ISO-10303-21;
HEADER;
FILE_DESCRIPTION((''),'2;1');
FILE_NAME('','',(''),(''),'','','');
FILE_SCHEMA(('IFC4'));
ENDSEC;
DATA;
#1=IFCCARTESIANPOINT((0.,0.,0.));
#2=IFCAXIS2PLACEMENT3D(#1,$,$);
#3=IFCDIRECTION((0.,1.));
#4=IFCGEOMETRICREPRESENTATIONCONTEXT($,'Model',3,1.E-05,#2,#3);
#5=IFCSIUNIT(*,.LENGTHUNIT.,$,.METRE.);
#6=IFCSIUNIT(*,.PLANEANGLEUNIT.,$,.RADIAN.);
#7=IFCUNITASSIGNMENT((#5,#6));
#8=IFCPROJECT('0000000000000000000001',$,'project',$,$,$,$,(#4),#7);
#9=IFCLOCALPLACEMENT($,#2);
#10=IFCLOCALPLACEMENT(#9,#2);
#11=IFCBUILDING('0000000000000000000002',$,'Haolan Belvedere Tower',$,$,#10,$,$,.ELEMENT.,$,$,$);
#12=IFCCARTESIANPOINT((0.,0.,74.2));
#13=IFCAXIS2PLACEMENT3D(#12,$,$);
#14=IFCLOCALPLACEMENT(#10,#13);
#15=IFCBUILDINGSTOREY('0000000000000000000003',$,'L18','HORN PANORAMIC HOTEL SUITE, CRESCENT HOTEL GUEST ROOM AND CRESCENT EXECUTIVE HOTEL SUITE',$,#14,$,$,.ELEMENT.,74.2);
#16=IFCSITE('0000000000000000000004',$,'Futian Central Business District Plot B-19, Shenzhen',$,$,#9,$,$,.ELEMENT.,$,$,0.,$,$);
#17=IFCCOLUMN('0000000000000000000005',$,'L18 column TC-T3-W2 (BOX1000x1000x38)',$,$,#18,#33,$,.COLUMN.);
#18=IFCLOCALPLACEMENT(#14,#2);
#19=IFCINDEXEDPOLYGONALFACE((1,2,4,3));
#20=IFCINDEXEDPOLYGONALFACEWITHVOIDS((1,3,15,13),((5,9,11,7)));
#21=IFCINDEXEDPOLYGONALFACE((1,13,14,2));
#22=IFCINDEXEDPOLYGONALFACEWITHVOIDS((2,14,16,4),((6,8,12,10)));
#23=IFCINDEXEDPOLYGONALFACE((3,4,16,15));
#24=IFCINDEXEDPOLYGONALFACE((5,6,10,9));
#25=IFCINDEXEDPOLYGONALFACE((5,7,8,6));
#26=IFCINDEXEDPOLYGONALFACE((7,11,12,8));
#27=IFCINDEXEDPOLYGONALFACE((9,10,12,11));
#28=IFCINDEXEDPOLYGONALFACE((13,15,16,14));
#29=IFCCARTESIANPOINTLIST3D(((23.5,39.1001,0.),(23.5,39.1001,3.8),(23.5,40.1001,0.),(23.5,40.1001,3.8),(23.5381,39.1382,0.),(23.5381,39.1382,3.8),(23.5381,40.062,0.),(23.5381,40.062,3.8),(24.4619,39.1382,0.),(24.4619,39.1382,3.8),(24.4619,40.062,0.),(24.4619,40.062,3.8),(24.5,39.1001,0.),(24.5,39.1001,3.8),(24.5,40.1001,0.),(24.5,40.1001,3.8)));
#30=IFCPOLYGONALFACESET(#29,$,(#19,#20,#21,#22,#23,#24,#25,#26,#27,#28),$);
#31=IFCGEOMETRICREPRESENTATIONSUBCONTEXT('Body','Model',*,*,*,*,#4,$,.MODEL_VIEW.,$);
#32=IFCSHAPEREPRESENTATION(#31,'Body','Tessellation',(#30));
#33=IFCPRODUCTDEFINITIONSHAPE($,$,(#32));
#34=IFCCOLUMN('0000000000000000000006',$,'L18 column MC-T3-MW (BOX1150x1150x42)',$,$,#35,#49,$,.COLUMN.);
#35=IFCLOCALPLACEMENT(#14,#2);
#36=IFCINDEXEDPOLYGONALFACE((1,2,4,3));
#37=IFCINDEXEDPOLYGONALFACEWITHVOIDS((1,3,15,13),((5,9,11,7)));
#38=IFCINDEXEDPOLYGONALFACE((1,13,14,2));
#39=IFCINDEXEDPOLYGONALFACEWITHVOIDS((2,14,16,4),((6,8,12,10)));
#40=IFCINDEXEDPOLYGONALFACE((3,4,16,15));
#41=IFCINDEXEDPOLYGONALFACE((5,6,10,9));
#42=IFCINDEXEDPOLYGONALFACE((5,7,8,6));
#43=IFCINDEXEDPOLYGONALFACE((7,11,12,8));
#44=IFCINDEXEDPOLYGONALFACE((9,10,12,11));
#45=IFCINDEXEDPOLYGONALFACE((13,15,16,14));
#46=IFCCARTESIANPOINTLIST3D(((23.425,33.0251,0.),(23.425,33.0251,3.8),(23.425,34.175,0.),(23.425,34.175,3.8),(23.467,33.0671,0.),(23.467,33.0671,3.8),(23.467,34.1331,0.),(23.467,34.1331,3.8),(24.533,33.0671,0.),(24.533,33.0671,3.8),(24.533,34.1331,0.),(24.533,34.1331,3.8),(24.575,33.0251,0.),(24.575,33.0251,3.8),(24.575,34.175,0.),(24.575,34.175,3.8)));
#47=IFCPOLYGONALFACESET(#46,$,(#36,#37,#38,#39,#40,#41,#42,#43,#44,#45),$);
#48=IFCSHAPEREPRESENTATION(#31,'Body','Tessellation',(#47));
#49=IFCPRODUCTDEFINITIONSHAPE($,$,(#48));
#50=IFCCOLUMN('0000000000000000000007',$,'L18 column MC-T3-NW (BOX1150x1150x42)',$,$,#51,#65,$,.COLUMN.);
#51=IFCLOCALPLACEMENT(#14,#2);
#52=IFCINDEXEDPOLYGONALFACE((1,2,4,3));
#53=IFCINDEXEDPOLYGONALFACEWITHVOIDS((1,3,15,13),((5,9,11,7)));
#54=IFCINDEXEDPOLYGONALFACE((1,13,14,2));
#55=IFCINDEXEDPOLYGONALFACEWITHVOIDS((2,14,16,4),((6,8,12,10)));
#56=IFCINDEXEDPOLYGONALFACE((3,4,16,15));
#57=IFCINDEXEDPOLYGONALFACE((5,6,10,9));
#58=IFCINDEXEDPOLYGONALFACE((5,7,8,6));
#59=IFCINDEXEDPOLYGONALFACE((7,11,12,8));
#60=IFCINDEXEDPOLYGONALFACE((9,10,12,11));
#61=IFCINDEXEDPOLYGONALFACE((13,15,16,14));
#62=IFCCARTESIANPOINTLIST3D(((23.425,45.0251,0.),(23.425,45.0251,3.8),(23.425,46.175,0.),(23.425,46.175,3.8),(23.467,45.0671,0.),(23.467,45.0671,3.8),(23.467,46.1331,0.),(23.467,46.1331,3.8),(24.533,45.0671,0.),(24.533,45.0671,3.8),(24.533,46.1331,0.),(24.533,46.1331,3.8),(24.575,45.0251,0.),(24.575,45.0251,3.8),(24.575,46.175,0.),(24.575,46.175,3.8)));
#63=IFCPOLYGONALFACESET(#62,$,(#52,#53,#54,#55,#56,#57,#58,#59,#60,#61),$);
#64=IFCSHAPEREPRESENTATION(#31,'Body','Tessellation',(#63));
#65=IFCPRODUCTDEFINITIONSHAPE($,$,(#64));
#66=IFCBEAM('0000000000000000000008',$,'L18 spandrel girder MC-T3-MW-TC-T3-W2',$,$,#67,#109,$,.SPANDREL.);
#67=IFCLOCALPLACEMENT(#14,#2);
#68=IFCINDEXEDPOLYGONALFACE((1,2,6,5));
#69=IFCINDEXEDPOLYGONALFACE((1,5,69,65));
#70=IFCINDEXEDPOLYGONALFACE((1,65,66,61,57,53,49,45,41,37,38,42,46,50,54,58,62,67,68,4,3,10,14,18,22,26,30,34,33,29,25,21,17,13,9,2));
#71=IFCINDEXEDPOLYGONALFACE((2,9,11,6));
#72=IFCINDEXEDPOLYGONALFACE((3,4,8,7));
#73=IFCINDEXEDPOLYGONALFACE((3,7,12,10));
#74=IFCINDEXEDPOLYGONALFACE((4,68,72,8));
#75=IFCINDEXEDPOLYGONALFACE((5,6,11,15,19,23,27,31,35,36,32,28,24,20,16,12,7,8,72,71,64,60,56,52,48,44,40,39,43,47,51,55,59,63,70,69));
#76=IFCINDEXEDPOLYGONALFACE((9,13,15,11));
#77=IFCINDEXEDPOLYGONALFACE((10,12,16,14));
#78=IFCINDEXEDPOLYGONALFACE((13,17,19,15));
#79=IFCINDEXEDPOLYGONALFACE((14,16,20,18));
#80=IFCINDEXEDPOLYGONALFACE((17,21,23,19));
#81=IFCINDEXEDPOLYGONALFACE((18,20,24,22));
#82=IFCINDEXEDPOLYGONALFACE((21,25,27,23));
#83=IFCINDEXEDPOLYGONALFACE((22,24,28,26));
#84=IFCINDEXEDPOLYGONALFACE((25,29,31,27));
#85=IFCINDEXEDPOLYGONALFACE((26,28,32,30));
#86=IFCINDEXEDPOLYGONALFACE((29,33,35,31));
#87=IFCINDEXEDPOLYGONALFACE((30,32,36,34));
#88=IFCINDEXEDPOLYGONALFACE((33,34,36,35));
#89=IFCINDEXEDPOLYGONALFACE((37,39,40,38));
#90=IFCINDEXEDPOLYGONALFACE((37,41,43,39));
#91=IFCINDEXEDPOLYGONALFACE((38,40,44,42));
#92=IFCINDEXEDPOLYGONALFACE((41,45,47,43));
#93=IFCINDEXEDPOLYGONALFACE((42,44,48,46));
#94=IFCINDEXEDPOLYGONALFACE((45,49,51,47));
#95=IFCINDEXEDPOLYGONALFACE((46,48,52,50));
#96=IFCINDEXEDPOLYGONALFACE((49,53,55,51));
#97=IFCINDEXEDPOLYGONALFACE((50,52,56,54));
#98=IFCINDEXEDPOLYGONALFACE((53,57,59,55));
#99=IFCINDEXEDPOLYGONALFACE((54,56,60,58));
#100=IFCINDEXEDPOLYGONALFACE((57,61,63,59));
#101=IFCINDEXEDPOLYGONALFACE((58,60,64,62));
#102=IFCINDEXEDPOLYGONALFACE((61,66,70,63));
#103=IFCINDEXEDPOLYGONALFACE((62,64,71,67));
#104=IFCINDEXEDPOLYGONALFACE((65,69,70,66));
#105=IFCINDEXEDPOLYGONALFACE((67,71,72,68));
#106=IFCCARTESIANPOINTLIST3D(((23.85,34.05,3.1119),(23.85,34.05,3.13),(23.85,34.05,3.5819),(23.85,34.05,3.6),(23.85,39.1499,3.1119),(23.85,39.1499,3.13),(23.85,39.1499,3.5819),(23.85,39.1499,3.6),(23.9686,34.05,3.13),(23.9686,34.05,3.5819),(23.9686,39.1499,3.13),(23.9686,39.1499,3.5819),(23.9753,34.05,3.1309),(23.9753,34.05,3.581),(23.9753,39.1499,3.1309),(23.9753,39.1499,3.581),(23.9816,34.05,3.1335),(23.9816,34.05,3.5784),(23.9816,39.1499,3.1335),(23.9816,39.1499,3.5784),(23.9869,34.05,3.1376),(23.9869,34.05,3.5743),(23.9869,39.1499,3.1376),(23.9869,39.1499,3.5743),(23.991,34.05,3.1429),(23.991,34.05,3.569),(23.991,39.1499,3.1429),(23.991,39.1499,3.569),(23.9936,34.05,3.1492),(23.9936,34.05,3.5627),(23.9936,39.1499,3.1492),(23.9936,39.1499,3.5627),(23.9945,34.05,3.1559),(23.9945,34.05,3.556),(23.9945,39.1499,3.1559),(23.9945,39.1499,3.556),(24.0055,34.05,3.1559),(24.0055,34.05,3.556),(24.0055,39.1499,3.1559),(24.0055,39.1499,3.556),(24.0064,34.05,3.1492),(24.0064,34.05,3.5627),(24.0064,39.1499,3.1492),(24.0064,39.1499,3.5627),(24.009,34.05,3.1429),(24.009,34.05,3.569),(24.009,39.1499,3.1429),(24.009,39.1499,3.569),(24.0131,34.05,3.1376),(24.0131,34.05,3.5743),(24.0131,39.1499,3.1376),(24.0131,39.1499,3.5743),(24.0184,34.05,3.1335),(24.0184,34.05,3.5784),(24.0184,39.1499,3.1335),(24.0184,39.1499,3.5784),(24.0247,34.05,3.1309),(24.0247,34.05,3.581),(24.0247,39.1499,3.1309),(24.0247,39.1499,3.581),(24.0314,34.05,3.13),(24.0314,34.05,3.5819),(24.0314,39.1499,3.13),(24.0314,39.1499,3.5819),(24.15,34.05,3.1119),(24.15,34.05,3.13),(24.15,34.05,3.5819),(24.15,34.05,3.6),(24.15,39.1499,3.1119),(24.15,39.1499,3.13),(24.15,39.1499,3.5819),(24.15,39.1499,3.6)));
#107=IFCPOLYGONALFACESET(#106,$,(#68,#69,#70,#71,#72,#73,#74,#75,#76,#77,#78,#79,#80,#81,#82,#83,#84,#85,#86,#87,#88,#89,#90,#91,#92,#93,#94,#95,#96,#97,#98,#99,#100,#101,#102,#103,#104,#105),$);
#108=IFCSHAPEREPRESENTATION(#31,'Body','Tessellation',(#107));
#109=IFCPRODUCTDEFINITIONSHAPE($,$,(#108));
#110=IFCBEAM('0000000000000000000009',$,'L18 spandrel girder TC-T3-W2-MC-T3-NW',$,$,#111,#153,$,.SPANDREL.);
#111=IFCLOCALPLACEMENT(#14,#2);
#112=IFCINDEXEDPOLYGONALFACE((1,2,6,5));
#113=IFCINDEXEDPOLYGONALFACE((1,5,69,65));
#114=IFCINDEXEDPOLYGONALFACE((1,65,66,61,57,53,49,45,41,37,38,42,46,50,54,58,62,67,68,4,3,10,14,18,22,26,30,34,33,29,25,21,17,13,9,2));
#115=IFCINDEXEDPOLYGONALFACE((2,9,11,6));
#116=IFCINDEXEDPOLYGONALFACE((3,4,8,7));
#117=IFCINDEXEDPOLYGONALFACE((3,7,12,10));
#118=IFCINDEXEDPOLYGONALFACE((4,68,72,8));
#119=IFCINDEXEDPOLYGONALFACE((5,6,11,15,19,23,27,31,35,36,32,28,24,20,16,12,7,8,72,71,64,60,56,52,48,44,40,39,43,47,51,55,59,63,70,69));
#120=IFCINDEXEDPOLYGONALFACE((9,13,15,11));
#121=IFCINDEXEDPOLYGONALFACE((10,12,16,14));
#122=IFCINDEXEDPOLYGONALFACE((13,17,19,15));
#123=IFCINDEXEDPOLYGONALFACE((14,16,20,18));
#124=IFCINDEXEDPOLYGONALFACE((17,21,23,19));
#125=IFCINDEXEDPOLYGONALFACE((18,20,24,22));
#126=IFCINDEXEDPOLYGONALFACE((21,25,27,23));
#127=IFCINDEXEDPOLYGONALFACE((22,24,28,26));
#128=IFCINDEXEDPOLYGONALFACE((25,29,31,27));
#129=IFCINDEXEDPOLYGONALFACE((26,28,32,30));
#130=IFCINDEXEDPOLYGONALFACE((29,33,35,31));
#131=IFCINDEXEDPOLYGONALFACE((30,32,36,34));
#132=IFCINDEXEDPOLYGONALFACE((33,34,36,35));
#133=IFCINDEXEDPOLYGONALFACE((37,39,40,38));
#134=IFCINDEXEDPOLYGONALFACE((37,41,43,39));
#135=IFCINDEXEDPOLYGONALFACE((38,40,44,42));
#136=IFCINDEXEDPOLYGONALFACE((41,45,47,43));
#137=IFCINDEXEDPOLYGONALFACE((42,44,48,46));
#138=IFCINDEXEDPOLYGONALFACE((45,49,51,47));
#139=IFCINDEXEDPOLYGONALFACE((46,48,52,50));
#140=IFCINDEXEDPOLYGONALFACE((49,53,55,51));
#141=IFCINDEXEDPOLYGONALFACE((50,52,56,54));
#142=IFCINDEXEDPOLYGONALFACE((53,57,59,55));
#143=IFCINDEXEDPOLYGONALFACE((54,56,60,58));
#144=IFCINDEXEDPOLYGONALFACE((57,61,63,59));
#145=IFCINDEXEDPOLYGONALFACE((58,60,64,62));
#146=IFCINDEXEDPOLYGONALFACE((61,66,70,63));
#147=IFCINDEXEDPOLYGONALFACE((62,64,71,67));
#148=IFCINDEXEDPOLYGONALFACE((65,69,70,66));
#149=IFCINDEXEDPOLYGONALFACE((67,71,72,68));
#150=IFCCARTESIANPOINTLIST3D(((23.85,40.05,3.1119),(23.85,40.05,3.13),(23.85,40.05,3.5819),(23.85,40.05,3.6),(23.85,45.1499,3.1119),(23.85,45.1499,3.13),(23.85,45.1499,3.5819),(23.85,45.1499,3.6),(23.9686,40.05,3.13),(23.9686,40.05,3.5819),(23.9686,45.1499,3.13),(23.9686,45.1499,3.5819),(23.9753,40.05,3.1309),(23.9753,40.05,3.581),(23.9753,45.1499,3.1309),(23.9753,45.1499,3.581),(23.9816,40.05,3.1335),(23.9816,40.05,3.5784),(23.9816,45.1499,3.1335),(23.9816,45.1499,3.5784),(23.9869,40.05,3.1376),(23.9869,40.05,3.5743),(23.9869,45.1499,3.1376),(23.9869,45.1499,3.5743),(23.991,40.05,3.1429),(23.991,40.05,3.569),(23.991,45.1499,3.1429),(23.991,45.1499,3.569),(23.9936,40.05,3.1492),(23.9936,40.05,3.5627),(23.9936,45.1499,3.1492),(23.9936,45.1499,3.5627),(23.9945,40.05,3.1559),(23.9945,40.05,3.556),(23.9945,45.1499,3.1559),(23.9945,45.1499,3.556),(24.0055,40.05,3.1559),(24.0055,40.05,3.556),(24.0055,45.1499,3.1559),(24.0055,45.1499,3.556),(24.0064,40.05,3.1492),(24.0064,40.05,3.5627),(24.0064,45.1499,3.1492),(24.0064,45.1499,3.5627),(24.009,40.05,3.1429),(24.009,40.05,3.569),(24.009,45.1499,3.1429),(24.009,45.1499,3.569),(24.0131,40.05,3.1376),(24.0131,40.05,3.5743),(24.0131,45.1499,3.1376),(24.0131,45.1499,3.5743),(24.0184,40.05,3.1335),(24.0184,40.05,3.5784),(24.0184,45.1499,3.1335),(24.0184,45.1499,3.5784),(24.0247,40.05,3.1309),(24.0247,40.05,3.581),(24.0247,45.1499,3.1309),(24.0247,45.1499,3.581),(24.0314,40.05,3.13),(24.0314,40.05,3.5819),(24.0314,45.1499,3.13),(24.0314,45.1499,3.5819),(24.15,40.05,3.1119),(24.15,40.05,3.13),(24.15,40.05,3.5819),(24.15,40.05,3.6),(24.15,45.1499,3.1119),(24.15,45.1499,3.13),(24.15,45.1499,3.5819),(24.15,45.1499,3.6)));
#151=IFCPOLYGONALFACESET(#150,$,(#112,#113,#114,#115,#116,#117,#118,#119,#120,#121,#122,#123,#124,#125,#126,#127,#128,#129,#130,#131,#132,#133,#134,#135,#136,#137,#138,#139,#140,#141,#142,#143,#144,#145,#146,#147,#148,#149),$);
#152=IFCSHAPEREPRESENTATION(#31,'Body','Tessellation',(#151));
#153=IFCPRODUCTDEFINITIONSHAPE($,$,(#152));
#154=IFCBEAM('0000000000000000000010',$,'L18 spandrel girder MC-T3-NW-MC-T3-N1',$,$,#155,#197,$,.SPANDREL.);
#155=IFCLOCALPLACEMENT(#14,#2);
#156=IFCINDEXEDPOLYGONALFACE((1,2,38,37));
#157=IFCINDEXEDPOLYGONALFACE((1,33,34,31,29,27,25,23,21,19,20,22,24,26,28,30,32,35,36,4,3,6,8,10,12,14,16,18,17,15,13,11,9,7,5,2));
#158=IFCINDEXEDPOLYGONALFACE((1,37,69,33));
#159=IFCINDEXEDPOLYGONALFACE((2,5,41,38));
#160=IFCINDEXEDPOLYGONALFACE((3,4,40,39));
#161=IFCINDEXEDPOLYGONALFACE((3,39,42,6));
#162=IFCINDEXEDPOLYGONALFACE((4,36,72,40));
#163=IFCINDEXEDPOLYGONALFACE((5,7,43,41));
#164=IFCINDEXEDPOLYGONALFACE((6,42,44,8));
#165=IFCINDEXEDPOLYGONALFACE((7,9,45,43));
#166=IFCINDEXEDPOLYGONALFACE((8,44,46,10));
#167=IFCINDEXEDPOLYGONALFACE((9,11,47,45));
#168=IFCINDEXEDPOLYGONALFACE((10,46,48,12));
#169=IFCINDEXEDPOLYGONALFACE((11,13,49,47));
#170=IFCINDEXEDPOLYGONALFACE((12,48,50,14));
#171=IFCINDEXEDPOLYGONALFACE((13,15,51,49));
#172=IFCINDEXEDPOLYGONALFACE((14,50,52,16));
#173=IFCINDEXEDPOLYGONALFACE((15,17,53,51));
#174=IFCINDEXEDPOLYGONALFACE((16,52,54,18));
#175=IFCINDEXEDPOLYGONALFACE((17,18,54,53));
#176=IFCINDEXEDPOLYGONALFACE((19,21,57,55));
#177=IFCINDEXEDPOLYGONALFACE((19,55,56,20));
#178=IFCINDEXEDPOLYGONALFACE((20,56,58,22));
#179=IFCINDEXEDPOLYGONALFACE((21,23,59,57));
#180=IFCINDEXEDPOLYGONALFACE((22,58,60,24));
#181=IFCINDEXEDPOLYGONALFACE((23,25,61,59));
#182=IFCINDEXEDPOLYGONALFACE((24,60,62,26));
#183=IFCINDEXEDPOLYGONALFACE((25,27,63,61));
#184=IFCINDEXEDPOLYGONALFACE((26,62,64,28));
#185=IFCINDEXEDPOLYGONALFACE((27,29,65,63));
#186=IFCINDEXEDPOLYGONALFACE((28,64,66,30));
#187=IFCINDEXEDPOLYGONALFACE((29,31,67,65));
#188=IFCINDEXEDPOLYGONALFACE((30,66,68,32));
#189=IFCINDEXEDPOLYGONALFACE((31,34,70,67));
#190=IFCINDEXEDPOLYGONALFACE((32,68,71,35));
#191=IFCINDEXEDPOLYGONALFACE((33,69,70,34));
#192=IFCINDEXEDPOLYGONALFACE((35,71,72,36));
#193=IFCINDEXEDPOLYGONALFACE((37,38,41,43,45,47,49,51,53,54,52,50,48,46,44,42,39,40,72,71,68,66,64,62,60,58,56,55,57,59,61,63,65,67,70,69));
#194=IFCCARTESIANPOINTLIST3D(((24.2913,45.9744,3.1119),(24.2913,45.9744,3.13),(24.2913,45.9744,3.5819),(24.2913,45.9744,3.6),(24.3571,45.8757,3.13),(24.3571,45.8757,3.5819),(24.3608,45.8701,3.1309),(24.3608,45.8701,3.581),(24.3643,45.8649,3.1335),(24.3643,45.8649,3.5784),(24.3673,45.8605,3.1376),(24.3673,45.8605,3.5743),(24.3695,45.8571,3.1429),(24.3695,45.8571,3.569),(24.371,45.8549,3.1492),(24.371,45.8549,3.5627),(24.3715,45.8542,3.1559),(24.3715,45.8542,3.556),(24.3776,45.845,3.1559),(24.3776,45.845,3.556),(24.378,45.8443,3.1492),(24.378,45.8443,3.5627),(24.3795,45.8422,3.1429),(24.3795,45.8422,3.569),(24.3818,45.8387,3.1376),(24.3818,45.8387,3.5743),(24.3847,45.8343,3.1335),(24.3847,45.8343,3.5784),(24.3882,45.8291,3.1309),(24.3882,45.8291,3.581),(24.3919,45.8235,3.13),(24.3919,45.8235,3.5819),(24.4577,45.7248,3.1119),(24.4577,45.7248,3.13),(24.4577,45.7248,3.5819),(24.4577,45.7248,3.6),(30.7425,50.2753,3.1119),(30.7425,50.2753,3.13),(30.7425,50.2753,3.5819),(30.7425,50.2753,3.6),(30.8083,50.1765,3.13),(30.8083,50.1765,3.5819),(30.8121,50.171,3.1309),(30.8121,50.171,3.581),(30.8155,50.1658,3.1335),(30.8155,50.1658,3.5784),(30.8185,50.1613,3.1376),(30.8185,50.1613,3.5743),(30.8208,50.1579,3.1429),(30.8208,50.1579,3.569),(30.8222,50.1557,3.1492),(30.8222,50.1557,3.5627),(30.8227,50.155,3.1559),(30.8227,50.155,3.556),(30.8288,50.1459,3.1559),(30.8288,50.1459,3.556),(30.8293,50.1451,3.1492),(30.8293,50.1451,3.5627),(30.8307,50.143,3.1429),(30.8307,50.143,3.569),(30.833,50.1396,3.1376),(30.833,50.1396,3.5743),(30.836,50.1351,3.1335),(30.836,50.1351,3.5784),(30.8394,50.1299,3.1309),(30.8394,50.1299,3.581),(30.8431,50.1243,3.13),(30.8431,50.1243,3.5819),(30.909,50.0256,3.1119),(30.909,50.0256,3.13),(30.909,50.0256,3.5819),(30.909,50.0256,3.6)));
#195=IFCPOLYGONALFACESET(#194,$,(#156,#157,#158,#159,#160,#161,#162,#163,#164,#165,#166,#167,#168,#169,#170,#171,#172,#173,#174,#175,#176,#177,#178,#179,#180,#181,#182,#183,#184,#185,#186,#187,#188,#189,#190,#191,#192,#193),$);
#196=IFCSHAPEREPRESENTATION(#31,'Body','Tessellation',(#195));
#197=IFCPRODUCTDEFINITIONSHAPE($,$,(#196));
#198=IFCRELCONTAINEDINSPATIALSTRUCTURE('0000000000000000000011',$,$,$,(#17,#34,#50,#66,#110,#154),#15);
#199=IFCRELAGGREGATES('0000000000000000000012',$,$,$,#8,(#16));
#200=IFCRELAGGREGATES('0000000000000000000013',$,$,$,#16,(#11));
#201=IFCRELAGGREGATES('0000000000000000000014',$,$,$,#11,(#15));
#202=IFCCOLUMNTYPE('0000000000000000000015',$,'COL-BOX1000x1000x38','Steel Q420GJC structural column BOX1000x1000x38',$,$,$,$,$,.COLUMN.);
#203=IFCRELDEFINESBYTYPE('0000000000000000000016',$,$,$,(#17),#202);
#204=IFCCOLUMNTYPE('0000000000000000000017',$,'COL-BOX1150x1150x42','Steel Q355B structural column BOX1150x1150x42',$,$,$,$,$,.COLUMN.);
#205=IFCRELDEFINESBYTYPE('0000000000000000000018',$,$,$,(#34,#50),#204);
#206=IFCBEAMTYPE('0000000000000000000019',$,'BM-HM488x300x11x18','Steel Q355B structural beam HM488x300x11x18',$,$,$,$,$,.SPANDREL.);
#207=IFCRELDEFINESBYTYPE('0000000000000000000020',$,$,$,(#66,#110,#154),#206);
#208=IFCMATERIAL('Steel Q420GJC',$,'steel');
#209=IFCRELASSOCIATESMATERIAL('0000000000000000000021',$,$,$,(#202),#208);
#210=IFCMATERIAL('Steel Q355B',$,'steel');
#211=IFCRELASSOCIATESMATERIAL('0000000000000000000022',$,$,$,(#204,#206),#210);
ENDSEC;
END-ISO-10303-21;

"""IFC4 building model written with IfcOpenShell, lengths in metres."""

from ifc_helpers import new_model, si_unit, direction, frame, origin, origin_2d, place, context, subcontext, project, spatial, hollow_rectangle, i_section, extrude, material, material_profile, profile_set, type_object, element, save


model = new_model("IFC4")

# Units and contexts
model_context = context("Model", 3, precision=1e-05, world=origin(), true_north=direction((0.0, 1.0)))
body_context = subcontext(model_context, "Body", "Model", "MODEL_VIEW")
ifc_project = project(units=[si_unit("LENGTHUNIT", "METRE"), si_unit("PLANEANGLEUNIT", "RADIAN")], contexts=[model_context])

# Site, building, storey
site_placement = place(None, origin())
site = spatial("IfcSite", under=ifc_project, at=site_placement, Name="Futian Central Business District Plot B-19, Shenzhen", CompositionType="ELEMENT", RefElevation=0.0)
building_placement = place(site_placement, origin())
building = spatial("IfcBuilding", under=site, at=building_placement, Name="Haolan Belvedere Tower", CompositionType="ELEMENT")
storey_placement = place(building_placement, frame((0.0, 0.0, 74.2)))
storey = spatial("IfcBuildingStorey", under=building, at=storey_placement, Name="L18", Description="HORN PANORAMIC HOTEL SUITE, CRESCENT HOTEL GUEST ROOM AND CRESCENT EXECUTIVE HOTEL SUITE", CompositionType="ELEMENT", Elevation=74.2)

# Columns
ifc_material_1 = material(Name="Steel Q420GJC", Category="steel")
ifc_material_profile_1 = material_profile(ifc_material_1, hollow_rectangle(XDim=1.0, YDim=1.0, WallThickness=0.0381, at=origin_2d()), Name="Steel Q420GJC")
ifc_profile_set_1 = profile_set([ifc_material_profile_1], Name="Steel Q420GJC")
column_type_1 = type_object("IfcColumnType", Name="COL-BOX1000x1000x38", Description="Steel Q420GJC structural column BOX1000x1000x38", PredefinedType="COLUMN", material=ifc_profile_set_1)
column_placement = place(storey_placement, frame((24.0, 39.6001, 0.0), z_axis=(0.0, 0.0, 1.0), x_axis=(1.0, 0.0, 0.0)))
element("IfcColumn", 1, at=column_placement, inside=storey, type_object=column_type_1, Name="L18 column TC-T3-W2 (BOX1000x1000x38)", PredefinedType="COLUMN", context=body_context, shape_type="SweptSolid", body=[
    extrude(hollow_rectangle(XDim=1.0, YDim=1.0, WallThickness=0.0381, at=origin_2d()), origin(), (0.0, 0.0, 1.0), 3.8),
])
ifc_material_2 = material(Name="Steel Q355B", Category="steel")
ifc_material_profile_2 = material_profile(ifc_material_2, hollow_rectangle(XDim=1.1499, YDim=1.1499, WallThickness=0.042, at=origin_2d()), Name="Steel Q355B")
ifc_profile_set_2 = profile_set([ifc_material_profile_2], Name="Steel Q355B")
column_type_2 = type_object("IfcColumnType", Name="COL-BOX1150x1150x42", Description="Steel Q355B structural column BOX1150x1150x42", PredefinedType="COLUMN", material=ifc_profile_set_2)
for number, where, z_axis, x_axis, name in (
    (2, (24.0, 33.6001, 0.0), (0.0, 0.0, 1.0), (1.0, 0.0, 0.0), "L18 column MC-T3-MW (BOX1150x1150x42)"),
    (3, (24.0, 45.6001, 0.0), (0.0, 0.0, 1.0), (1.0, 0.0, 0.0), "L18 column MC-T3-NW (BOX1150x1150x42)"),
):
    element("IfcColumn", number, at=place(storey_placement, frame(where, z_axis=z_axis, x_axis=x_axis)), inside=storey, type_object=column_type_2, Name=name, PredefinedType="COLUMN", context=body_context, shape_type="SweptSolid", body=[
        extrude(hollow_rectangle(XDim=1.1499, YDim=1.1499, WallThickness=0.042, at=origin_2d()), origin(), (0.0, 0.0, 1.0), 3.8),
    ])

# Beams
ifc_material_profile_3 = material_profile(ifc_material_2, i_section(OverallWidth=0.3, OverallDepth=0.488, WebThickness=0.011, FlangeThickness=0.0181, FilletRadius=0.0259, at=origin_2d()), Name="Steel Q355B")
ifc_profile_set_3 = profile_set([ifc_material_profile_3], Name="Steel Q355B")
beam_type_1 = type_object("IfcBeamType", Name="BM-HM488x300x11x18", Description="Steel Q355B structural beam HM488x300x11x18", PredefinedType="SPANDREL", material=ifc_profile_set_3)
for number, where, z_axis, x_axis, name in (
    (4, (24.0, 34.05, 3.356), (0.0, 1.0, 0.0), (-1.0, 0.0, 0.0), "L18 spandrel girder MC-T3-MW-TC-T3-W2"),
    (5, (24.0, 40.05, 3.356), (0.0, 1.0, 0.0), (-1.0, 0.0, 0.0), "L18 spandrel girder TC-T3-W2-MC-T3-NW"),
):
    element("IfcBeam", number, at=place(storey_placement, frame(where, z_axis=z_axis, x_axis=x_axis)), inside=storey, type_object=beam_type_1, Name=name, PredefinedType="SPANDREL", context=body_context, shape_type="SweptSolid", body=[
        extrude(i_section(OverallWidth=0.3, OverallDepth=0.488, WebThickness=0.011, FlangeThickness=0.0181, FilletRadius=0.0259, at=origin_2d()), origin(), (0.0, 0.0, 1.0), 5.0999),
    ])
beam_placement = place(storey_placement, frame((24.3745, 45.8496, 3.356), z_axis=(0.83205, 0.5547, 0.0), x_axis=(-0.5547, 0.83205, 0.0)))
element("IfcBeam", 6, at=beam_placement, inside=storey, type_object=beam_type_1, Name="L18 spandrel girder MC-T3-NW-MC-T3-N1", PredefinedType="SPANDREL", context=body_context, shape_type="SweptSolid", body=[
    extrude(i_section(OverallWidth=0.3, OverallDepth=0.488, WebThickness=0.011, FlangeThickness=0.0181, FilletRadius=0.0259, at=origin_2d()), origin(), (0.0, 0.0, 1.0), 7.7534),
])

save(model, "model.ifc")
